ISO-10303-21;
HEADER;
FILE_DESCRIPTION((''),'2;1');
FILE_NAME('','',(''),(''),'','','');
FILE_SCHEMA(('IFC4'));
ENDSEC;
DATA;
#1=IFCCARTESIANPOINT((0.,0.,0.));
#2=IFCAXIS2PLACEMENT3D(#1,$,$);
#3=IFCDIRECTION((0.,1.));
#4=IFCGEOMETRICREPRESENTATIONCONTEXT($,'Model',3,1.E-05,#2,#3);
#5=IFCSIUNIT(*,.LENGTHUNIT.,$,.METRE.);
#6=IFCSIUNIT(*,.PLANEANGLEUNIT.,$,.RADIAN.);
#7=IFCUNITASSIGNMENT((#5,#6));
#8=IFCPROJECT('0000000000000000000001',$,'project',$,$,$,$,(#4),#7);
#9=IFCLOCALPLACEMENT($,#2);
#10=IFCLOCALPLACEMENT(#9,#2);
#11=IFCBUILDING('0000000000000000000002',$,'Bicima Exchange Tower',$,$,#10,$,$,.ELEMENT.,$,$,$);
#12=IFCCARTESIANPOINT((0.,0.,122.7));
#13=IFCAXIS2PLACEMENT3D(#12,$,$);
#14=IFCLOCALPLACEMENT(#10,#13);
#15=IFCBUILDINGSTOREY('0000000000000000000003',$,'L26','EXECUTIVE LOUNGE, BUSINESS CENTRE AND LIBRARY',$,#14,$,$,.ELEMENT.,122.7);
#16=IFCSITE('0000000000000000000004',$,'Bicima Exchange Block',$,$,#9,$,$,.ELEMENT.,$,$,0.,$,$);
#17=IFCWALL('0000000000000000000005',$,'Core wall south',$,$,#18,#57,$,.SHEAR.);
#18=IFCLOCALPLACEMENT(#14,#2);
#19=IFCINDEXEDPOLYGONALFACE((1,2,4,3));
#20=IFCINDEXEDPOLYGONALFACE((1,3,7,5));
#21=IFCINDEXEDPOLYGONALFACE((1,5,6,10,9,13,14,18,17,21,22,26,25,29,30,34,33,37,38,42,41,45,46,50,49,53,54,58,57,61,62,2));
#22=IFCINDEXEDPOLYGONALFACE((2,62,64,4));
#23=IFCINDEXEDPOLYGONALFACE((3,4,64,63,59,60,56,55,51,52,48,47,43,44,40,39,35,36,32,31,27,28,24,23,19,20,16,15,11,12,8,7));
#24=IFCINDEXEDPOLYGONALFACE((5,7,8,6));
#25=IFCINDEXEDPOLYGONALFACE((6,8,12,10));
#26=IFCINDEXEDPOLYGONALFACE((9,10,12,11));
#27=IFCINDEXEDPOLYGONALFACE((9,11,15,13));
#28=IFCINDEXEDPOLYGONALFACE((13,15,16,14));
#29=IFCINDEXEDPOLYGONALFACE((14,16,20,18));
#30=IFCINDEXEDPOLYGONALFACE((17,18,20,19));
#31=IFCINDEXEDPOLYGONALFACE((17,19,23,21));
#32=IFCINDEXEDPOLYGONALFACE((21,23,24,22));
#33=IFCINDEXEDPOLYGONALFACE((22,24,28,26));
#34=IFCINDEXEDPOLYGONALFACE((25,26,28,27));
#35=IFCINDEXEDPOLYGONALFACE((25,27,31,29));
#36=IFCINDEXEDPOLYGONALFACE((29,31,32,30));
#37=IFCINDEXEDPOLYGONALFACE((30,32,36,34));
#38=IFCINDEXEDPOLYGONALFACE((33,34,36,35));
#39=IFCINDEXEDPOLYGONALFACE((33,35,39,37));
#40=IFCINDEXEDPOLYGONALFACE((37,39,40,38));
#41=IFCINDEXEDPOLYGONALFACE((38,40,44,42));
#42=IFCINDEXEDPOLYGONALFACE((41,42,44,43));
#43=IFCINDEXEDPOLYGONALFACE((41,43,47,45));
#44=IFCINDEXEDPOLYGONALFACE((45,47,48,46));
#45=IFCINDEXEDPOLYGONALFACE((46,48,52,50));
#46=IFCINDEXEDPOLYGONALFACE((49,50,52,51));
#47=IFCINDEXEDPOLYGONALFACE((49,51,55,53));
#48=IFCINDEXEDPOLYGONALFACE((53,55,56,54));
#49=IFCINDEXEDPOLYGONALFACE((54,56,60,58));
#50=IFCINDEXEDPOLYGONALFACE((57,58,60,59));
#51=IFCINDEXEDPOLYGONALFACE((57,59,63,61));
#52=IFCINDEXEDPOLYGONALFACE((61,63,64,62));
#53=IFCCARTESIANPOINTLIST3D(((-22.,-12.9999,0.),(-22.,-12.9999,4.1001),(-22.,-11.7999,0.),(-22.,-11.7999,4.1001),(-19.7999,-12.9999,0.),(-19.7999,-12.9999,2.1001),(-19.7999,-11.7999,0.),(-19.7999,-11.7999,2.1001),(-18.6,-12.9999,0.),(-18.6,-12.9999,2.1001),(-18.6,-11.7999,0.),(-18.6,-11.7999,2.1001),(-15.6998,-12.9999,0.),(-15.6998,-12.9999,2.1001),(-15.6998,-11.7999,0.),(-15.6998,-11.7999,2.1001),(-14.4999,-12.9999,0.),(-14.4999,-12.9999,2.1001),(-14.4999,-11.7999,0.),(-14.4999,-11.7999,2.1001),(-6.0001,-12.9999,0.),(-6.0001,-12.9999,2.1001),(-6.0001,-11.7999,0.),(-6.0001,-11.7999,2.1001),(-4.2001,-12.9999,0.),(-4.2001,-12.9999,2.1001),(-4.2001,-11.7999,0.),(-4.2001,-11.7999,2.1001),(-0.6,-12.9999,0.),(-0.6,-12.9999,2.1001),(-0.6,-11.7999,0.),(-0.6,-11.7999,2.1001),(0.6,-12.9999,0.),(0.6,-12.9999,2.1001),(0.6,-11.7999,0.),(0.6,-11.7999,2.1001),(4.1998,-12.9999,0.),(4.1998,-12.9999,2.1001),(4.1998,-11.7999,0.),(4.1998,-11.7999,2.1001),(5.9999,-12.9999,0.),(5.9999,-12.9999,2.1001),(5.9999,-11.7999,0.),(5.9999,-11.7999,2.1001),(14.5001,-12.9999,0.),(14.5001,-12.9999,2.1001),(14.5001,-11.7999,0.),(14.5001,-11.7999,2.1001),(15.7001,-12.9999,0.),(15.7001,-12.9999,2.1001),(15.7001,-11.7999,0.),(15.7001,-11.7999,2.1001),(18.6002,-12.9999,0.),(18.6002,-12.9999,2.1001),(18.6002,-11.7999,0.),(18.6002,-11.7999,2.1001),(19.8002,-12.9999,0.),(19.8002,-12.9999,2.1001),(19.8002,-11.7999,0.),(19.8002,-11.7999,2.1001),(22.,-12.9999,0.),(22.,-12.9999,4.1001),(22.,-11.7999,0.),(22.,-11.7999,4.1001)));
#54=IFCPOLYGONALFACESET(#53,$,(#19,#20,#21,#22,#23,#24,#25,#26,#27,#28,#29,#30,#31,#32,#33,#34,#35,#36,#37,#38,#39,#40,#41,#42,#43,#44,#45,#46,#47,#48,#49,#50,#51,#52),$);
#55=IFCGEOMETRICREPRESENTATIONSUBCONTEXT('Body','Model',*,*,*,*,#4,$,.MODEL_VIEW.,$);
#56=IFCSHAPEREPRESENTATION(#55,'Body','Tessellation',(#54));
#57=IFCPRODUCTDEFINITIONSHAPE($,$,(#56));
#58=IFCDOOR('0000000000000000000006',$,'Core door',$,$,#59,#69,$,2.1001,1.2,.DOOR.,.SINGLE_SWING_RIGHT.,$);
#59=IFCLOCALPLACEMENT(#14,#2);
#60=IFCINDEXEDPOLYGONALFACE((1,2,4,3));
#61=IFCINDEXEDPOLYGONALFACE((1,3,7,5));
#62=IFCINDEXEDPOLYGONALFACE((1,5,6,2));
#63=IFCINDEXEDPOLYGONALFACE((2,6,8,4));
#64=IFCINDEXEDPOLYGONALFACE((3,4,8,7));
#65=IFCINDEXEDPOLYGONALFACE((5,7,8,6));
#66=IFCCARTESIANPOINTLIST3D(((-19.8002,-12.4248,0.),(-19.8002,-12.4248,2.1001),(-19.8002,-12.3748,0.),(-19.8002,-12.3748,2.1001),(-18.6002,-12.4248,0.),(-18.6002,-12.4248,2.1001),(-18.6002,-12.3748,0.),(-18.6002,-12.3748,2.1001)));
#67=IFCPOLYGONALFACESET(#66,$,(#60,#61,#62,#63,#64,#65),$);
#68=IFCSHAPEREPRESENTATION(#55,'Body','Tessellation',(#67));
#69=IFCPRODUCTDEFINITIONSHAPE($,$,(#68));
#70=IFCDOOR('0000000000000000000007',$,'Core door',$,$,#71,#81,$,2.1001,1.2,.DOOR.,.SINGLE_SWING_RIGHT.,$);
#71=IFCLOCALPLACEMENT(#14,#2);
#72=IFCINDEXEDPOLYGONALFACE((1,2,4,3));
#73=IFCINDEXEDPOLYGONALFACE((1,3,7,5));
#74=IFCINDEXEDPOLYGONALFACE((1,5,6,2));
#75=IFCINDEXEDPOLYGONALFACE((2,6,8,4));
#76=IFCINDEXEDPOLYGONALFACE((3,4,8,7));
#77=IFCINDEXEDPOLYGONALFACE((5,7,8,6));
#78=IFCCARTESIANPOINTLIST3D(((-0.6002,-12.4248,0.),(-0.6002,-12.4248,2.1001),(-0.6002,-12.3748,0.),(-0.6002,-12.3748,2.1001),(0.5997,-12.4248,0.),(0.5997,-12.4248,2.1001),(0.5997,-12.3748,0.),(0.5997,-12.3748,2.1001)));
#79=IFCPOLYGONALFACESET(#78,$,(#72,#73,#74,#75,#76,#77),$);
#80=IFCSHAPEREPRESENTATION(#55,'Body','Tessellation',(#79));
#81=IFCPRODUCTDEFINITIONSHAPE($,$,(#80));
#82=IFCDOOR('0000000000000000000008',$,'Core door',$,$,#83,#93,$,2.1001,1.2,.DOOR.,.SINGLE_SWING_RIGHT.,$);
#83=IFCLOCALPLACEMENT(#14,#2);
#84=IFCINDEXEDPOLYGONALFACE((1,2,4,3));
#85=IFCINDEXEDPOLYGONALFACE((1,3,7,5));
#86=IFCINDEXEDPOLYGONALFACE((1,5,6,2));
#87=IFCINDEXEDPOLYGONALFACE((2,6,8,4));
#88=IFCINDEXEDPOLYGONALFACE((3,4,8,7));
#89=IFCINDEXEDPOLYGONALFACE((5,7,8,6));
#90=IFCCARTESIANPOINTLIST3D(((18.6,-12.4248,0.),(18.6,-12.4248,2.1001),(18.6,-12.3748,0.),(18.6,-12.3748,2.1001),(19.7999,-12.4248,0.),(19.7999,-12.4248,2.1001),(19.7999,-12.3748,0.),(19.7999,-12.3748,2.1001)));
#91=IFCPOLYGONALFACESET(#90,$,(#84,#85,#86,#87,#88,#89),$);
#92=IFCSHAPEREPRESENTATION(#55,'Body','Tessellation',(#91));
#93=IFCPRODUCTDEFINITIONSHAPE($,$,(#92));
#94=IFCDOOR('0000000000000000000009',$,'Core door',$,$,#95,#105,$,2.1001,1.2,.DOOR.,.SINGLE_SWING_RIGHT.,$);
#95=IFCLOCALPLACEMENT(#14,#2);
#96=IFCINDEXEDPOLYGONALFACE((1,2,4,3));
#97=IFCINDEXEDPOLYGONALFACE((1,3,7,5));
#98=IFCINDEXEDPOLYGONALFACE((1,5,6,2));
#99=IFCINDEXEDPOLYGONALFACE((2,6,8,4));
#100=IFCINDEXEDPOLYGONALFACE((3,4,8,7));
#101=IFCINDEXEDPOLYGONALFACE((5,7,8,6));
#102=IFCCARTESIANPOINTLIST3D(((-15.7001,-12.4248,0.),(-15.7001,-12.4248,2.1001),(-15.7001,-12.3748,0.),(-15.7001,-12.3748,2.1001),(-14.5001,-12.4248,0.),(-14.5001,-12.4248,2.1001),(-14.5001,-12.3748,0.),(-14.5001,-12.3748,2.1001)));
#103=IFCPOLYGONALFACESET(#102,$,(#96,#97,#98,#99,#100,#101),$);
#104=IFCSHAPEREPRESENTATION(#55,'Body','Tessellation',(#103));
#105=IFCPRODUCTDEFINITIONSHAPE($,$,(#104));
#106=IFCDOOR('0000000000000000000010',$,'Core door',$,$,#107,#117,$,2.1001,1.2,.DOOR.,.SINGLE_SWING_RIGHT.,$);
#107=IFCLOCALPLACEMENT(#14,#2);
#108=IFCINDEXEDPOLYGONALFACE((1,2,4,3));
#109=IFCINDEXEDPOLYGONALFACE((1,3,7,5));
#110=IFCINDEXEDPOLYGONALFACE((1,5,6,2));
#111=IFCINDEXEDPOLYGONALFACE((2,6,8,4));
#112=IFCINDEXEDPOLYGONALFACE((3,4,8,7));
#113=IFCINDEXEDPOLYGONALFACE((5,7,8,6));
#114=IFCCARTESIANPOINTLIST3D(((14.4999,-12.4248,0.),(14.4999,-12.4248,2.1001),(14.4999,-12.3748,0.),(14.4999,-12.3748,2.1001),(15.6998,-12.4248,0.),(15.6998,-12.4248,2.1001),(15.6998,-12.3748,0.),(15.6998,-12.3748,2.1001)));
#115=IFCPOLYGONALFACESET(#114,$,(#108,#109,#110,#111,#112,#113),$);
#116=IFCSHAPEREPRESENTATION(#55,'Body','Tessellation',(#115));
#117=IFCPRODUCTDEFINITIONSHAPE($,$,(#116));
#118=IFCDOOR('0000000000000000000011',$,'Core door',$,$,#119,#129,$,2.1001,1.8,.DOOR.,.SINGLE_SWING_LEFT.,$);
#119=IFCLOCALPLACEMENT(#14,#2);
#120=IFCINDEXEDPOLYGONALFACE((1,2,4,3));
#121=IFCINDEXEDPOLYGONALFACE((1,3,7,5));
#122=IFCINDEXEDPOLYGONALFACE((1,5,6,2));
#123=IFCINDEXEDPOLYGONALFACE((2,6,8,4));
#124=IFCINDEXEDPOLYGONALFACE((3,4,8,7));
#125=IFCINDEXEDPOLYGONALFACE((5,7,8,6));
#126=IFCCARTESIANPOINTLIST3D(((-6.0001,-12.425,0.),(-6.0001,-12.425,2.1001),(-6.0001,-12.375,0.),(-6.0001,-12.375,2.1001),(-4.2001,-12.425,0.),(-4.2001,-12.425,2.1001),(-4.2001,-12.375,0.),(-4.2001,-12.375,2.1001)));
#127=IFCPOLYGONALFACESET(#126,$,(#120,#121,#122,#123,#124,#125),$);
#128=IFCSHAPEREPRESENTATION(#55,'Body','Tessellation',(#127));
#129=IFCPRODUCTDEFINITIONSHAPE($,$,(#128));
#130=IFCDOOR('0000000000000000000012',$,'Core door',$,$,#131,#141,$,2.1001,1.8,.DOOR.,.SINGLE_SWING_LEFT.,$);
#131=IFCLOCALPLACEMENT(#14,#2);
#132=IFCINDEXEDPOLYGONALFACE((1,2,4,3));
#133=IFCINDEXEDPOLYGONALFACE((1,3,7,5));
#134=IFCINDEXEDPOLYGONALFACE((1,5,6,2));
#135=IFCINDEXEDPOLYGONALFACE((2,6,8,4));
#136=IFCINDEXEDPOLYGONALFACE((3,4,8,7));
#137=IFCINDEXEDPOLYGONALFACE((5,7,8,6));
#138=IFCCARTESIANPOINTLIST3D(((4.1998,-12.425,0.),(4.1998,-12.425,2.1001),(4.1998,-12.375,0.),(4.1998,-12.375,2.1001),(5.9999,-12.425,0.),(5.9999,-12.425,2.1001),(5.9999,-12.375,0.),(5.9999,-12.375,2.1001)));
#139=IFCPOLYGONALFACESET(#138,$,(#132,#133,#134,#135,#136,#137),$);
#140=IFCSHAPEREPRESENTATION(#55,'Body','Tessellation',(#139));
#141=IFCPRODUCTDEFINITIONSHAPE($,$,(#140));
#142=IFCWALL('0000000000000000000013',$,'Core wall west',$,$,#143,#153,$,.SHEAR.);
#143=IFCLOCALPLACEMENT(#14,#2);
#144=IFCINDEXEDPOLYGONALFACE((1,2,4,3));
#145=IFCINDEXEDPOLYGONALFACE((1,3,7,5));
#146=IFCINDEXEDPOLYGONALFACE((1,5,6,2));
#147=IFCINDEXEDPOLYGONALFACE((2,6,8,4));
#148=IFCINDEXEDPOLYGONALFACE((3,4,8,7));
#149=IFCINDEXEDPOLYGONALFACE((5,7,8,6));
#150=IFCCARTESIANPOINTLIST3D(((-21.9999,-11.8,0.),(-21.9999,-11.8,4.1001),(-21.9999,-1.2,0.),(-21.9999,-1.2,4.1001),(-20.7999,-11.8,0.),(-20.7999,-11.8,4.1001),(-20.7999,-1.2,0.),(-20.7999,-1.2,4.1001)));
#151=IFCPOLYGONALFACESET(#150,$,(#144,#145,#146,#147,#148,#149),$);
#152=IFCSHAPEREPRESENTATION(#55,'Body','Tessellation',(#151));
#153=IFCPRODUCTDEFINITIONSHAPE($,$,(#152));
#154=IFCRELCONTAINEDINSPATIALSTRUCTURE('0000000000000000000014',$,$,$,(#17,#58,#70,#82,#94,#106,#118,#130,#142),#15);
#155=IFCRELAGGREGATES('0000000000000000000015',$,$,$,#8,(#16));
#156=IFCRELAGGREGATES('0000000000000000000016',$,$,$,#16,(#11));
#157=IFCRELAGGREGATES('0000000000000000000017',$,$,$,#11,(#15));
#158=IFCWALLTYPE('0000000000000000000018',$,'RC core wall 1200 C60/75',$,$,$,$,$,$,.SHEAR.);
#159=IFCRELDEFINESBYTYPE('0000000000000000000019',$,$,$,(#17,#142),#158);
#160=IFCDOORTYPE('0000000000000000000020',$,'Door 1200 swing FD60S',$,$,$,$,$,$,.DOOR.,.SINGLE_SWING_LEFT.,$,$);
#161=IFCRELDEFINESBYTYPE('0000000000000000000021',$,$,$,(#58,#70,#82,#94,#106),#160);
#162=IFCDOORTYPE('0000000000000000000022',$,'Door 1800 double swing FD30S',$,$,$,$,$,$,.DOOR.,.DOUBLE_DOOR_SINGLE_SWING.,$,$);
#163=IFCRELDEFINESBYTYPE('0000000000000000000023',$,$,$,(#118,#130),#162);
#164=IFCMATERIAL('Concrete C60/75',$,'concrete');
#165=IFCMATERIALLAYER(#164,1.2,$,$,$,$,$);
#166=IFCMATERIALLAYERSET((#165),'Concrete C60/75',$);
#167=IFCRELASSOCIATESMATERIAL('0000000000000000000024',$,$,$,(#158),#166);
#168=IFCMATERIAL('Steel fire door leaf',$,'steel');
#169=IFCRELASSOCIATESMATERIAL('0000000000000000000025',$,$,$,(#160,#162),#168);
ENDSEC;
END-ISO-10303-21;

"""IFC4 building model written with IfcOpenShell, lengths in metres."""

from ifc_helpers import new_model, si_unit, direction, frame, frame_2d, origin, place, context, subcontext, project, spatial, rectangle, extrude, material, layer, layer_set, type_object, element, fill, save


model = new_model("IFC4")

# Units and contexts
model_context = context("Model", 3, precision=1e-05, world=origin(), true_north=direction((0.0, 1.0)))
body_context = subcontext(model_context, "Body", "Model", "MODEL_VIEW")
ifc_project = project(units=[si_unit("LENGTHUNIT", "METRE"), si_unit("PLANEANGLEUNIT", "RADIAN")], contexts=[model_context])

# Site, building, storey
site_placement = place(None, origin())
site = spatial("IfcSite", under=ifc_project, at=site_placement, Name="Bicima Exchange Block", CompositionType="ELEMENT", RefElevation=0.0)
building_placement = place(site_placement, origin())
building = spatial("IfcBuilding", under=site, at=building_placement, Name="Bicima Exchange Tower", CompositionType="ELEMENT")
storey_placement = place(building_placement, frame((0.0, 0.0, 122.7)))
storey = spatial("IfcBuildingStorey", under=building, at=storey_placement, Name="L26", Description="EXECUTIVE LOUNGE, BUSINESS CENTRE AND LIBRARY", CompositionType="ELEMENT", Elevation=122.7)

# Shared definitions
ifc_material_1 = material(Name="Steel fire door leaf", Category="steel")

# Wall, openings, doors
ifc_material_2 = material(Name="Concrete C60/75", Category="concrete")
ifc_layer_1 = layer(ifc_material_2, 1.2)
ifc_layer_set_1 = layer_set([ifc_layer_1], Name="Concrete C60/75")
wall_type_1 = type_object("IfcWallType", Name="RC core wall 1200 C60/75", PredefinedType="SHEAR", material=ifc_layer_set_1)
wall_1_placement = place(storey_placement, frame((-22.0, -12.3999, 0.0), z_axis=(0.0, 0.0, 1.0), x_axis=(1.0, 0.0, 0.0)))
wall_1 = element("IfcWall", 1, at=wall_1_placement, inside=storey, type_object=wall_type_1, Name="Core wall south", PredefinedType="SHEAR", context=body_context, shape_type="SweptSolid", body=[
    extrude(rectangle(XDim=44.0, YDim=1.2, at=frame_2d((22.0, 0.0))), origin(), (0.0, 0.0, 1.0), 4.1001),
])
opening_1_placement = place(wall_1_placement, frame((2.2, 0.0, 0.0)))
opening_1 = element("IfcOpeningElement", 2, at=opening_1_placement, cuts=wall_1, PredefinedType="OPENING", context=body_context, shape_type="SweptSolid", body=[
    extrude(rectangle(XDim=1.2, YDim=2.1001, at=frame_2d((0.6001, 1.05))), frame((0.0, 0.6118, 0.0), z_axis=(0.0, -1.0, 0.0), x_axis=(1.0, 0.0, 0.0)), (0.0, 0.0, 1.0), 1.2239),
])
opening_2_placement = place(wall_1_placement, frame((21.3999, 0.0, 0.0)))
opening_2 = element("IfcOpeningElement", 3, at=opening_2_placement, cuts=wall_1, PredefinedType="OPENING", context=body_context, shape_type="SweptSolid", body=[
    extrude(rectangle(XDim=1.2, YDim=2.1001, at=frame_2d((0.6001, 1.05))), frame((0.0, 0.6118, 0.0), z_axis=(0.0, -1.0, 0.0), x_axis=(1.0, 0.0, 0.0)), (0.0, 0.0, 1.0), 1.2239),
])
opening_3_placement = place(wall_1_placement, frame((40.6001, 0.0, 0.0)))
opening_3 = element("IfcOpeningElement", 4, at=opening_3_placement, cuts=wall_1, PredefinedType="OPENING", context=body_context, shape_type="SweptSolid", body=[
    extrude(rectangle(XDim=1.2, YDim=2.1001, at=frame_2d((0.6001, 1.05))), frame((0.0, 0.6118, 0.0), z_axis=(0.0, -1.0, 0.0), x_axis=(1.0, 0.0, 0.0)), (0.0, 0.0, 1.0), 1.2239),
])
opening_4_placement = place(wall_1_placement, frame((16.0, 0.0, 0.0)))
opening_4 = element("IfcOpeningElement", 5, at=opening_4_placement, cuts=wall_1, PredefinedType="OPENING", context=body_context, shape_type="SweptSolid", body=[
    extrude(rectangle(XDim=1.8, YDim=2.1001, at=frame_2d((0.8999, 1.05))), frame((0.0, 0.6118, 0.0), z_axis=(0.0, -1.0, 0.0), x_axis=(1.0, 0.0, 0.0)), (0.0, 0.0, 1.0), 1.2239),
])
opening_5_placement = place(wall_1_placement, frame((6.3, 0.0, 0.0)))
opening_5 = element("IfcOpeningElement", 6, at=opening_5_placement, cuts=wall_1, PredefinedType="OPENING", context=body_context, shape_type="SweptSolid", body=[
    extrude(rectangle(XDim=1.2, YDim=2.1001, at=frame_2d((0.6001, 1.05))), frame((0.0, 0.6118, 0.0), z_axis=(0.0, -1.0, 0.0), x_axis=(1.0, 0.0, 0.0)), (0.0, 0.0, 1.0), 1.2239),
])
opening_6_placement = place(wall_1_placement, frame((26.2, 0.0, 0.0)))
opening_6 = element("IfcOpeningElement", 7, at=opening_6_placement, cuts=wall_1, PredefinedType="OPENING", context=body_context, shape_type="SweptSolid", body=[
    extrude(rectangle(XDim=1.8, YDim=2.1001, at=frame_2d((0.8999, 1.05))), frame((0.0, 0.6118, 0.0), z_axis=(0.0, -1.0, 0.0), x_axis=(1.0, 0.0, 0.0)), (0.0, 0.0, 1.0), 1.2239),
])
opening_7_placement = place(wall_1_placement, frame((36.5, 0.0, 0.0)))
opening_7 = element("IfcOpeningElement", 8, at=opening_7_placement, cuts=wall_1, PredefinedType="OPENING", context=body_context, shape_type="SweptSolid", body=[
    extrude(rectangle(XDim=1.2, YDim=2.1001, at=frame_2d((0.6001, 1.05))), frame((0.0, 0.6118, 0.0), z_axis=(0.0, -1.0, 0.0), x_axis=(1.0, 0.0, 0.0)), (0.0, 0.0, 1.0), 1.2239),
])
door_type_1 = type_object("IfcDoorType", Name="Door 1200 swing FD60S", OperationType="SINGLE_SWING_LEFT", PredefinedType="DOOR", material=ifc_material_1)
door_1_placement = place(opening_1_placement, frame((1.2, 0.0, 0.0), z_axis=(0.0, 0.0, 1.0), x_axis=(-1.0, 0.0, 0.0)))
door_1 = element("IfcDoor", 9, at=door_1_placement, inside=storey, type_object=door_type_1, Name="Core door", OperationType="SINGLE_SWING_RIGHT", OverallHeight=2.1001, OverallWidth=1.2, PredefinedType="DOOR", context=body_context, shape_type="SweptSolid", body=[
    extrude(rectangle(XDim=1.2, YDim=2.1001, at=frame_2d((0.6001, 1.05))), frame((0.0, 0.0249, 0.0), z_axis=(0.0, -1.0, 0.0), x_axis=(1.0, 0.0, 0.0)), (0.0, 0.0, 1.0), 0.05),
])
fill(opening_1, door_1)
door_2_placement = place(opening_2_placement, frame((1.2, 0.0, 0.0), z_axis=(0.0, 0.0, 1.0), x_axis=(-1.0, 0.0, 0.0)))
door_2 = element("IfcDoor", 10, at=door_2_placement, inside=storey, type_object=door_type_1, Name="Core door", OperationType="SINGLE_SWING_RIGHT", OverallHeight=2.1001, OverallWidth=1.2, PredefinedType="DOOR", context=body_context, shape_type="SweptSolid", body=[
    extrude(rectangle(XDim=1.2, YDim=2.1001, at=frame_2d((0.6001, 1.05))), frame((0.0, 0.0249, 0.0), z_axis=(0.0, -1.0, 0.0), x_axis=(1.0, 0.0, 0.0)), (0.0, 0.0, 1.0), 0.05),
])
fill(opening_2, door_2)
door_3_placement = place(opening_3_placement, frame((1.2, 0.0, 0.0), z_axis=(0.0, 0.0, 1.0), x_axis=(-1.0, 0.0, 0.0)))
door_3 = element("IfcDoor", 11, at=door_3_placement, inside=storey, type_object=door_type_1, Name="Core door", OperationType="SINGLE_SWING_RIGHT", OverallHeight=2.1001, OverallWidth=1.2, PredefinedType="DOOR", context=body_context, shape_type="SweptSolid", body=[
    extrude(rectangle(XDim=1.2, YDim=2.1001, at=frame_2d((0.6001, 1.05))), frame((0.0, 0.0249, 0.0), z_axis=(0.0, -1.0, 0.0), x_axis=(1.0, 0.0, 0.0)), (0.0, 0.0, 1.0), 0.05),
])
fill(opening_3, door_3)
door_4_placement = place(opening_5_placement, frame((1.2, 0.0, 0.0), z_axis=(0.0, 0.0, 1.0), x_axis=(-1.0, 0.0, 0.0)))
door_4 = element("IfcDoor", 12, at=door_4_placement, inside=storey, type_object=door_type_1, Name="Core door", OperationType="SINGLE_SWING_RIGHT", OverallHeight=2.1001, OverallWidth=1.2, PredefinedType="DOOR", context=body_context, shape_type="SweptSolid", body=[
    extrude(rectangle(XDim=1.2, YDim=2.1001, at=frame_2d((0.6001, 1.05))), frame((0.0, 0.0249, 0.0), z_axis=(0.0, -1.0, 0.0), x_axis=(1.0, 0.0, 0.0)), (0.0, 0.0, 1.0), 0.05),
])
fill(opening_5, door_4)
door_5_placement = place(opening_7_placement, frame((1.2, 0.0, 0.0), z_axis=(0.0, 0.0, 1.0), x_axis=(-1.0, 0.0, 0.0)))
door_5 = element("IfcDoor", 13, at=door_5_placement, inside=storey, type_object=door_type_1, Name="Core door", OperationType="SINGLE_SWING_RIGHT", OverallHeight=2.1001, OverallWidth=1.2, PredefinedType="DOOR", context=body_context, shape_type="SweptSolid", body=[
    extrude(rectangle(XDim=1.2, YDim=2.1001, at=frame_2d((0.6001, 1.05))), frame((0.0, 0.0249, 0.0), z_axis=(0.0, -1.0, 0.0), x_axis=(1.0, 0.0, 0.0)), (0.0, 0.0, 1.0), 0.05),
])
fill(opening_7, door_5)
door_type_2 = type_object("IfcDoorType", Name="Door 1800 double swing FD30S", OperationType="DOUBLE_DOOR_SINGLE_SWING", PredefinedType="DOOR", material=ifc_material_1)
door_6_placement = place(opening_4_placement, origin())
door_6 = element("IfcDoor", 14, at=door_6_placement, inside=storey, type_object=door_type_2, Name="Core door", OperationType="SINGLE_SWING_LEFT", OverallHeight=2.1001, OverallWidth=1.8, PredefinedType="DOOR", context=body_context, shape_type="SweptSolid", body=[
    extrude(rectangle(XDim=1.8, YDim=2.1001, at=frame_2d((0.8999, 1.05))), frame((0.0, 0.0249, 0.0), z_axis=(0.0, -1.0, 0.0), x_axis=(1.0, 0.0, 0.0)), (0.0, 0.0, 1.0), 0.05),
])
fill(opening_4, door_6)
door_7_placement = place(opening_6_placement, origin())
door_7 = element("IfcDoor", 15, at=door_7_placement, inside=storey, type_object=door_type_2, Name="Core door", OperationType="SINGLE_SWING_LEFT", OverallHeight=2.1001, OverallWidth=1.8, PredefinedType="DOOR", context=body_context, shape_type="SweptSolid", body=[
    extrude(rectangle(XDim=1.8, YDim=2.1001, at=frame_2d((0.8999, 1.05))), frame((0.0, 0.0249, 0.0), z_axis=(0.0, -1.0, 0.0), x_axis=(1.0, 0.0, 0.0)), (0.0, 0.0, 1.0), 0.05),
])
fill(opening_6, door_7)

# Wall
wall_2_placement = place(storey_placement, frame((-21.3999, -11.8, 0.0), z_axis=(0.0, 0.0, 1.0), x_axis=(0.0, 1.0, 0.0)))
element("IfcWall", 16, at=wall_2_placement, inside=storey, type_object=wall_type_1, Name="Core wall west", PredefinedType="SHEAR", context=body_context, shape_type="SweptSolid", body=[
    extrude(rectangle(XDim=10.6001, YDim=1.2, at=frame_2d((5.3, 0.0))), origin(), (0.0, 0.0, 1.0), 4.1001),
])

save(model, "model.ifc")
